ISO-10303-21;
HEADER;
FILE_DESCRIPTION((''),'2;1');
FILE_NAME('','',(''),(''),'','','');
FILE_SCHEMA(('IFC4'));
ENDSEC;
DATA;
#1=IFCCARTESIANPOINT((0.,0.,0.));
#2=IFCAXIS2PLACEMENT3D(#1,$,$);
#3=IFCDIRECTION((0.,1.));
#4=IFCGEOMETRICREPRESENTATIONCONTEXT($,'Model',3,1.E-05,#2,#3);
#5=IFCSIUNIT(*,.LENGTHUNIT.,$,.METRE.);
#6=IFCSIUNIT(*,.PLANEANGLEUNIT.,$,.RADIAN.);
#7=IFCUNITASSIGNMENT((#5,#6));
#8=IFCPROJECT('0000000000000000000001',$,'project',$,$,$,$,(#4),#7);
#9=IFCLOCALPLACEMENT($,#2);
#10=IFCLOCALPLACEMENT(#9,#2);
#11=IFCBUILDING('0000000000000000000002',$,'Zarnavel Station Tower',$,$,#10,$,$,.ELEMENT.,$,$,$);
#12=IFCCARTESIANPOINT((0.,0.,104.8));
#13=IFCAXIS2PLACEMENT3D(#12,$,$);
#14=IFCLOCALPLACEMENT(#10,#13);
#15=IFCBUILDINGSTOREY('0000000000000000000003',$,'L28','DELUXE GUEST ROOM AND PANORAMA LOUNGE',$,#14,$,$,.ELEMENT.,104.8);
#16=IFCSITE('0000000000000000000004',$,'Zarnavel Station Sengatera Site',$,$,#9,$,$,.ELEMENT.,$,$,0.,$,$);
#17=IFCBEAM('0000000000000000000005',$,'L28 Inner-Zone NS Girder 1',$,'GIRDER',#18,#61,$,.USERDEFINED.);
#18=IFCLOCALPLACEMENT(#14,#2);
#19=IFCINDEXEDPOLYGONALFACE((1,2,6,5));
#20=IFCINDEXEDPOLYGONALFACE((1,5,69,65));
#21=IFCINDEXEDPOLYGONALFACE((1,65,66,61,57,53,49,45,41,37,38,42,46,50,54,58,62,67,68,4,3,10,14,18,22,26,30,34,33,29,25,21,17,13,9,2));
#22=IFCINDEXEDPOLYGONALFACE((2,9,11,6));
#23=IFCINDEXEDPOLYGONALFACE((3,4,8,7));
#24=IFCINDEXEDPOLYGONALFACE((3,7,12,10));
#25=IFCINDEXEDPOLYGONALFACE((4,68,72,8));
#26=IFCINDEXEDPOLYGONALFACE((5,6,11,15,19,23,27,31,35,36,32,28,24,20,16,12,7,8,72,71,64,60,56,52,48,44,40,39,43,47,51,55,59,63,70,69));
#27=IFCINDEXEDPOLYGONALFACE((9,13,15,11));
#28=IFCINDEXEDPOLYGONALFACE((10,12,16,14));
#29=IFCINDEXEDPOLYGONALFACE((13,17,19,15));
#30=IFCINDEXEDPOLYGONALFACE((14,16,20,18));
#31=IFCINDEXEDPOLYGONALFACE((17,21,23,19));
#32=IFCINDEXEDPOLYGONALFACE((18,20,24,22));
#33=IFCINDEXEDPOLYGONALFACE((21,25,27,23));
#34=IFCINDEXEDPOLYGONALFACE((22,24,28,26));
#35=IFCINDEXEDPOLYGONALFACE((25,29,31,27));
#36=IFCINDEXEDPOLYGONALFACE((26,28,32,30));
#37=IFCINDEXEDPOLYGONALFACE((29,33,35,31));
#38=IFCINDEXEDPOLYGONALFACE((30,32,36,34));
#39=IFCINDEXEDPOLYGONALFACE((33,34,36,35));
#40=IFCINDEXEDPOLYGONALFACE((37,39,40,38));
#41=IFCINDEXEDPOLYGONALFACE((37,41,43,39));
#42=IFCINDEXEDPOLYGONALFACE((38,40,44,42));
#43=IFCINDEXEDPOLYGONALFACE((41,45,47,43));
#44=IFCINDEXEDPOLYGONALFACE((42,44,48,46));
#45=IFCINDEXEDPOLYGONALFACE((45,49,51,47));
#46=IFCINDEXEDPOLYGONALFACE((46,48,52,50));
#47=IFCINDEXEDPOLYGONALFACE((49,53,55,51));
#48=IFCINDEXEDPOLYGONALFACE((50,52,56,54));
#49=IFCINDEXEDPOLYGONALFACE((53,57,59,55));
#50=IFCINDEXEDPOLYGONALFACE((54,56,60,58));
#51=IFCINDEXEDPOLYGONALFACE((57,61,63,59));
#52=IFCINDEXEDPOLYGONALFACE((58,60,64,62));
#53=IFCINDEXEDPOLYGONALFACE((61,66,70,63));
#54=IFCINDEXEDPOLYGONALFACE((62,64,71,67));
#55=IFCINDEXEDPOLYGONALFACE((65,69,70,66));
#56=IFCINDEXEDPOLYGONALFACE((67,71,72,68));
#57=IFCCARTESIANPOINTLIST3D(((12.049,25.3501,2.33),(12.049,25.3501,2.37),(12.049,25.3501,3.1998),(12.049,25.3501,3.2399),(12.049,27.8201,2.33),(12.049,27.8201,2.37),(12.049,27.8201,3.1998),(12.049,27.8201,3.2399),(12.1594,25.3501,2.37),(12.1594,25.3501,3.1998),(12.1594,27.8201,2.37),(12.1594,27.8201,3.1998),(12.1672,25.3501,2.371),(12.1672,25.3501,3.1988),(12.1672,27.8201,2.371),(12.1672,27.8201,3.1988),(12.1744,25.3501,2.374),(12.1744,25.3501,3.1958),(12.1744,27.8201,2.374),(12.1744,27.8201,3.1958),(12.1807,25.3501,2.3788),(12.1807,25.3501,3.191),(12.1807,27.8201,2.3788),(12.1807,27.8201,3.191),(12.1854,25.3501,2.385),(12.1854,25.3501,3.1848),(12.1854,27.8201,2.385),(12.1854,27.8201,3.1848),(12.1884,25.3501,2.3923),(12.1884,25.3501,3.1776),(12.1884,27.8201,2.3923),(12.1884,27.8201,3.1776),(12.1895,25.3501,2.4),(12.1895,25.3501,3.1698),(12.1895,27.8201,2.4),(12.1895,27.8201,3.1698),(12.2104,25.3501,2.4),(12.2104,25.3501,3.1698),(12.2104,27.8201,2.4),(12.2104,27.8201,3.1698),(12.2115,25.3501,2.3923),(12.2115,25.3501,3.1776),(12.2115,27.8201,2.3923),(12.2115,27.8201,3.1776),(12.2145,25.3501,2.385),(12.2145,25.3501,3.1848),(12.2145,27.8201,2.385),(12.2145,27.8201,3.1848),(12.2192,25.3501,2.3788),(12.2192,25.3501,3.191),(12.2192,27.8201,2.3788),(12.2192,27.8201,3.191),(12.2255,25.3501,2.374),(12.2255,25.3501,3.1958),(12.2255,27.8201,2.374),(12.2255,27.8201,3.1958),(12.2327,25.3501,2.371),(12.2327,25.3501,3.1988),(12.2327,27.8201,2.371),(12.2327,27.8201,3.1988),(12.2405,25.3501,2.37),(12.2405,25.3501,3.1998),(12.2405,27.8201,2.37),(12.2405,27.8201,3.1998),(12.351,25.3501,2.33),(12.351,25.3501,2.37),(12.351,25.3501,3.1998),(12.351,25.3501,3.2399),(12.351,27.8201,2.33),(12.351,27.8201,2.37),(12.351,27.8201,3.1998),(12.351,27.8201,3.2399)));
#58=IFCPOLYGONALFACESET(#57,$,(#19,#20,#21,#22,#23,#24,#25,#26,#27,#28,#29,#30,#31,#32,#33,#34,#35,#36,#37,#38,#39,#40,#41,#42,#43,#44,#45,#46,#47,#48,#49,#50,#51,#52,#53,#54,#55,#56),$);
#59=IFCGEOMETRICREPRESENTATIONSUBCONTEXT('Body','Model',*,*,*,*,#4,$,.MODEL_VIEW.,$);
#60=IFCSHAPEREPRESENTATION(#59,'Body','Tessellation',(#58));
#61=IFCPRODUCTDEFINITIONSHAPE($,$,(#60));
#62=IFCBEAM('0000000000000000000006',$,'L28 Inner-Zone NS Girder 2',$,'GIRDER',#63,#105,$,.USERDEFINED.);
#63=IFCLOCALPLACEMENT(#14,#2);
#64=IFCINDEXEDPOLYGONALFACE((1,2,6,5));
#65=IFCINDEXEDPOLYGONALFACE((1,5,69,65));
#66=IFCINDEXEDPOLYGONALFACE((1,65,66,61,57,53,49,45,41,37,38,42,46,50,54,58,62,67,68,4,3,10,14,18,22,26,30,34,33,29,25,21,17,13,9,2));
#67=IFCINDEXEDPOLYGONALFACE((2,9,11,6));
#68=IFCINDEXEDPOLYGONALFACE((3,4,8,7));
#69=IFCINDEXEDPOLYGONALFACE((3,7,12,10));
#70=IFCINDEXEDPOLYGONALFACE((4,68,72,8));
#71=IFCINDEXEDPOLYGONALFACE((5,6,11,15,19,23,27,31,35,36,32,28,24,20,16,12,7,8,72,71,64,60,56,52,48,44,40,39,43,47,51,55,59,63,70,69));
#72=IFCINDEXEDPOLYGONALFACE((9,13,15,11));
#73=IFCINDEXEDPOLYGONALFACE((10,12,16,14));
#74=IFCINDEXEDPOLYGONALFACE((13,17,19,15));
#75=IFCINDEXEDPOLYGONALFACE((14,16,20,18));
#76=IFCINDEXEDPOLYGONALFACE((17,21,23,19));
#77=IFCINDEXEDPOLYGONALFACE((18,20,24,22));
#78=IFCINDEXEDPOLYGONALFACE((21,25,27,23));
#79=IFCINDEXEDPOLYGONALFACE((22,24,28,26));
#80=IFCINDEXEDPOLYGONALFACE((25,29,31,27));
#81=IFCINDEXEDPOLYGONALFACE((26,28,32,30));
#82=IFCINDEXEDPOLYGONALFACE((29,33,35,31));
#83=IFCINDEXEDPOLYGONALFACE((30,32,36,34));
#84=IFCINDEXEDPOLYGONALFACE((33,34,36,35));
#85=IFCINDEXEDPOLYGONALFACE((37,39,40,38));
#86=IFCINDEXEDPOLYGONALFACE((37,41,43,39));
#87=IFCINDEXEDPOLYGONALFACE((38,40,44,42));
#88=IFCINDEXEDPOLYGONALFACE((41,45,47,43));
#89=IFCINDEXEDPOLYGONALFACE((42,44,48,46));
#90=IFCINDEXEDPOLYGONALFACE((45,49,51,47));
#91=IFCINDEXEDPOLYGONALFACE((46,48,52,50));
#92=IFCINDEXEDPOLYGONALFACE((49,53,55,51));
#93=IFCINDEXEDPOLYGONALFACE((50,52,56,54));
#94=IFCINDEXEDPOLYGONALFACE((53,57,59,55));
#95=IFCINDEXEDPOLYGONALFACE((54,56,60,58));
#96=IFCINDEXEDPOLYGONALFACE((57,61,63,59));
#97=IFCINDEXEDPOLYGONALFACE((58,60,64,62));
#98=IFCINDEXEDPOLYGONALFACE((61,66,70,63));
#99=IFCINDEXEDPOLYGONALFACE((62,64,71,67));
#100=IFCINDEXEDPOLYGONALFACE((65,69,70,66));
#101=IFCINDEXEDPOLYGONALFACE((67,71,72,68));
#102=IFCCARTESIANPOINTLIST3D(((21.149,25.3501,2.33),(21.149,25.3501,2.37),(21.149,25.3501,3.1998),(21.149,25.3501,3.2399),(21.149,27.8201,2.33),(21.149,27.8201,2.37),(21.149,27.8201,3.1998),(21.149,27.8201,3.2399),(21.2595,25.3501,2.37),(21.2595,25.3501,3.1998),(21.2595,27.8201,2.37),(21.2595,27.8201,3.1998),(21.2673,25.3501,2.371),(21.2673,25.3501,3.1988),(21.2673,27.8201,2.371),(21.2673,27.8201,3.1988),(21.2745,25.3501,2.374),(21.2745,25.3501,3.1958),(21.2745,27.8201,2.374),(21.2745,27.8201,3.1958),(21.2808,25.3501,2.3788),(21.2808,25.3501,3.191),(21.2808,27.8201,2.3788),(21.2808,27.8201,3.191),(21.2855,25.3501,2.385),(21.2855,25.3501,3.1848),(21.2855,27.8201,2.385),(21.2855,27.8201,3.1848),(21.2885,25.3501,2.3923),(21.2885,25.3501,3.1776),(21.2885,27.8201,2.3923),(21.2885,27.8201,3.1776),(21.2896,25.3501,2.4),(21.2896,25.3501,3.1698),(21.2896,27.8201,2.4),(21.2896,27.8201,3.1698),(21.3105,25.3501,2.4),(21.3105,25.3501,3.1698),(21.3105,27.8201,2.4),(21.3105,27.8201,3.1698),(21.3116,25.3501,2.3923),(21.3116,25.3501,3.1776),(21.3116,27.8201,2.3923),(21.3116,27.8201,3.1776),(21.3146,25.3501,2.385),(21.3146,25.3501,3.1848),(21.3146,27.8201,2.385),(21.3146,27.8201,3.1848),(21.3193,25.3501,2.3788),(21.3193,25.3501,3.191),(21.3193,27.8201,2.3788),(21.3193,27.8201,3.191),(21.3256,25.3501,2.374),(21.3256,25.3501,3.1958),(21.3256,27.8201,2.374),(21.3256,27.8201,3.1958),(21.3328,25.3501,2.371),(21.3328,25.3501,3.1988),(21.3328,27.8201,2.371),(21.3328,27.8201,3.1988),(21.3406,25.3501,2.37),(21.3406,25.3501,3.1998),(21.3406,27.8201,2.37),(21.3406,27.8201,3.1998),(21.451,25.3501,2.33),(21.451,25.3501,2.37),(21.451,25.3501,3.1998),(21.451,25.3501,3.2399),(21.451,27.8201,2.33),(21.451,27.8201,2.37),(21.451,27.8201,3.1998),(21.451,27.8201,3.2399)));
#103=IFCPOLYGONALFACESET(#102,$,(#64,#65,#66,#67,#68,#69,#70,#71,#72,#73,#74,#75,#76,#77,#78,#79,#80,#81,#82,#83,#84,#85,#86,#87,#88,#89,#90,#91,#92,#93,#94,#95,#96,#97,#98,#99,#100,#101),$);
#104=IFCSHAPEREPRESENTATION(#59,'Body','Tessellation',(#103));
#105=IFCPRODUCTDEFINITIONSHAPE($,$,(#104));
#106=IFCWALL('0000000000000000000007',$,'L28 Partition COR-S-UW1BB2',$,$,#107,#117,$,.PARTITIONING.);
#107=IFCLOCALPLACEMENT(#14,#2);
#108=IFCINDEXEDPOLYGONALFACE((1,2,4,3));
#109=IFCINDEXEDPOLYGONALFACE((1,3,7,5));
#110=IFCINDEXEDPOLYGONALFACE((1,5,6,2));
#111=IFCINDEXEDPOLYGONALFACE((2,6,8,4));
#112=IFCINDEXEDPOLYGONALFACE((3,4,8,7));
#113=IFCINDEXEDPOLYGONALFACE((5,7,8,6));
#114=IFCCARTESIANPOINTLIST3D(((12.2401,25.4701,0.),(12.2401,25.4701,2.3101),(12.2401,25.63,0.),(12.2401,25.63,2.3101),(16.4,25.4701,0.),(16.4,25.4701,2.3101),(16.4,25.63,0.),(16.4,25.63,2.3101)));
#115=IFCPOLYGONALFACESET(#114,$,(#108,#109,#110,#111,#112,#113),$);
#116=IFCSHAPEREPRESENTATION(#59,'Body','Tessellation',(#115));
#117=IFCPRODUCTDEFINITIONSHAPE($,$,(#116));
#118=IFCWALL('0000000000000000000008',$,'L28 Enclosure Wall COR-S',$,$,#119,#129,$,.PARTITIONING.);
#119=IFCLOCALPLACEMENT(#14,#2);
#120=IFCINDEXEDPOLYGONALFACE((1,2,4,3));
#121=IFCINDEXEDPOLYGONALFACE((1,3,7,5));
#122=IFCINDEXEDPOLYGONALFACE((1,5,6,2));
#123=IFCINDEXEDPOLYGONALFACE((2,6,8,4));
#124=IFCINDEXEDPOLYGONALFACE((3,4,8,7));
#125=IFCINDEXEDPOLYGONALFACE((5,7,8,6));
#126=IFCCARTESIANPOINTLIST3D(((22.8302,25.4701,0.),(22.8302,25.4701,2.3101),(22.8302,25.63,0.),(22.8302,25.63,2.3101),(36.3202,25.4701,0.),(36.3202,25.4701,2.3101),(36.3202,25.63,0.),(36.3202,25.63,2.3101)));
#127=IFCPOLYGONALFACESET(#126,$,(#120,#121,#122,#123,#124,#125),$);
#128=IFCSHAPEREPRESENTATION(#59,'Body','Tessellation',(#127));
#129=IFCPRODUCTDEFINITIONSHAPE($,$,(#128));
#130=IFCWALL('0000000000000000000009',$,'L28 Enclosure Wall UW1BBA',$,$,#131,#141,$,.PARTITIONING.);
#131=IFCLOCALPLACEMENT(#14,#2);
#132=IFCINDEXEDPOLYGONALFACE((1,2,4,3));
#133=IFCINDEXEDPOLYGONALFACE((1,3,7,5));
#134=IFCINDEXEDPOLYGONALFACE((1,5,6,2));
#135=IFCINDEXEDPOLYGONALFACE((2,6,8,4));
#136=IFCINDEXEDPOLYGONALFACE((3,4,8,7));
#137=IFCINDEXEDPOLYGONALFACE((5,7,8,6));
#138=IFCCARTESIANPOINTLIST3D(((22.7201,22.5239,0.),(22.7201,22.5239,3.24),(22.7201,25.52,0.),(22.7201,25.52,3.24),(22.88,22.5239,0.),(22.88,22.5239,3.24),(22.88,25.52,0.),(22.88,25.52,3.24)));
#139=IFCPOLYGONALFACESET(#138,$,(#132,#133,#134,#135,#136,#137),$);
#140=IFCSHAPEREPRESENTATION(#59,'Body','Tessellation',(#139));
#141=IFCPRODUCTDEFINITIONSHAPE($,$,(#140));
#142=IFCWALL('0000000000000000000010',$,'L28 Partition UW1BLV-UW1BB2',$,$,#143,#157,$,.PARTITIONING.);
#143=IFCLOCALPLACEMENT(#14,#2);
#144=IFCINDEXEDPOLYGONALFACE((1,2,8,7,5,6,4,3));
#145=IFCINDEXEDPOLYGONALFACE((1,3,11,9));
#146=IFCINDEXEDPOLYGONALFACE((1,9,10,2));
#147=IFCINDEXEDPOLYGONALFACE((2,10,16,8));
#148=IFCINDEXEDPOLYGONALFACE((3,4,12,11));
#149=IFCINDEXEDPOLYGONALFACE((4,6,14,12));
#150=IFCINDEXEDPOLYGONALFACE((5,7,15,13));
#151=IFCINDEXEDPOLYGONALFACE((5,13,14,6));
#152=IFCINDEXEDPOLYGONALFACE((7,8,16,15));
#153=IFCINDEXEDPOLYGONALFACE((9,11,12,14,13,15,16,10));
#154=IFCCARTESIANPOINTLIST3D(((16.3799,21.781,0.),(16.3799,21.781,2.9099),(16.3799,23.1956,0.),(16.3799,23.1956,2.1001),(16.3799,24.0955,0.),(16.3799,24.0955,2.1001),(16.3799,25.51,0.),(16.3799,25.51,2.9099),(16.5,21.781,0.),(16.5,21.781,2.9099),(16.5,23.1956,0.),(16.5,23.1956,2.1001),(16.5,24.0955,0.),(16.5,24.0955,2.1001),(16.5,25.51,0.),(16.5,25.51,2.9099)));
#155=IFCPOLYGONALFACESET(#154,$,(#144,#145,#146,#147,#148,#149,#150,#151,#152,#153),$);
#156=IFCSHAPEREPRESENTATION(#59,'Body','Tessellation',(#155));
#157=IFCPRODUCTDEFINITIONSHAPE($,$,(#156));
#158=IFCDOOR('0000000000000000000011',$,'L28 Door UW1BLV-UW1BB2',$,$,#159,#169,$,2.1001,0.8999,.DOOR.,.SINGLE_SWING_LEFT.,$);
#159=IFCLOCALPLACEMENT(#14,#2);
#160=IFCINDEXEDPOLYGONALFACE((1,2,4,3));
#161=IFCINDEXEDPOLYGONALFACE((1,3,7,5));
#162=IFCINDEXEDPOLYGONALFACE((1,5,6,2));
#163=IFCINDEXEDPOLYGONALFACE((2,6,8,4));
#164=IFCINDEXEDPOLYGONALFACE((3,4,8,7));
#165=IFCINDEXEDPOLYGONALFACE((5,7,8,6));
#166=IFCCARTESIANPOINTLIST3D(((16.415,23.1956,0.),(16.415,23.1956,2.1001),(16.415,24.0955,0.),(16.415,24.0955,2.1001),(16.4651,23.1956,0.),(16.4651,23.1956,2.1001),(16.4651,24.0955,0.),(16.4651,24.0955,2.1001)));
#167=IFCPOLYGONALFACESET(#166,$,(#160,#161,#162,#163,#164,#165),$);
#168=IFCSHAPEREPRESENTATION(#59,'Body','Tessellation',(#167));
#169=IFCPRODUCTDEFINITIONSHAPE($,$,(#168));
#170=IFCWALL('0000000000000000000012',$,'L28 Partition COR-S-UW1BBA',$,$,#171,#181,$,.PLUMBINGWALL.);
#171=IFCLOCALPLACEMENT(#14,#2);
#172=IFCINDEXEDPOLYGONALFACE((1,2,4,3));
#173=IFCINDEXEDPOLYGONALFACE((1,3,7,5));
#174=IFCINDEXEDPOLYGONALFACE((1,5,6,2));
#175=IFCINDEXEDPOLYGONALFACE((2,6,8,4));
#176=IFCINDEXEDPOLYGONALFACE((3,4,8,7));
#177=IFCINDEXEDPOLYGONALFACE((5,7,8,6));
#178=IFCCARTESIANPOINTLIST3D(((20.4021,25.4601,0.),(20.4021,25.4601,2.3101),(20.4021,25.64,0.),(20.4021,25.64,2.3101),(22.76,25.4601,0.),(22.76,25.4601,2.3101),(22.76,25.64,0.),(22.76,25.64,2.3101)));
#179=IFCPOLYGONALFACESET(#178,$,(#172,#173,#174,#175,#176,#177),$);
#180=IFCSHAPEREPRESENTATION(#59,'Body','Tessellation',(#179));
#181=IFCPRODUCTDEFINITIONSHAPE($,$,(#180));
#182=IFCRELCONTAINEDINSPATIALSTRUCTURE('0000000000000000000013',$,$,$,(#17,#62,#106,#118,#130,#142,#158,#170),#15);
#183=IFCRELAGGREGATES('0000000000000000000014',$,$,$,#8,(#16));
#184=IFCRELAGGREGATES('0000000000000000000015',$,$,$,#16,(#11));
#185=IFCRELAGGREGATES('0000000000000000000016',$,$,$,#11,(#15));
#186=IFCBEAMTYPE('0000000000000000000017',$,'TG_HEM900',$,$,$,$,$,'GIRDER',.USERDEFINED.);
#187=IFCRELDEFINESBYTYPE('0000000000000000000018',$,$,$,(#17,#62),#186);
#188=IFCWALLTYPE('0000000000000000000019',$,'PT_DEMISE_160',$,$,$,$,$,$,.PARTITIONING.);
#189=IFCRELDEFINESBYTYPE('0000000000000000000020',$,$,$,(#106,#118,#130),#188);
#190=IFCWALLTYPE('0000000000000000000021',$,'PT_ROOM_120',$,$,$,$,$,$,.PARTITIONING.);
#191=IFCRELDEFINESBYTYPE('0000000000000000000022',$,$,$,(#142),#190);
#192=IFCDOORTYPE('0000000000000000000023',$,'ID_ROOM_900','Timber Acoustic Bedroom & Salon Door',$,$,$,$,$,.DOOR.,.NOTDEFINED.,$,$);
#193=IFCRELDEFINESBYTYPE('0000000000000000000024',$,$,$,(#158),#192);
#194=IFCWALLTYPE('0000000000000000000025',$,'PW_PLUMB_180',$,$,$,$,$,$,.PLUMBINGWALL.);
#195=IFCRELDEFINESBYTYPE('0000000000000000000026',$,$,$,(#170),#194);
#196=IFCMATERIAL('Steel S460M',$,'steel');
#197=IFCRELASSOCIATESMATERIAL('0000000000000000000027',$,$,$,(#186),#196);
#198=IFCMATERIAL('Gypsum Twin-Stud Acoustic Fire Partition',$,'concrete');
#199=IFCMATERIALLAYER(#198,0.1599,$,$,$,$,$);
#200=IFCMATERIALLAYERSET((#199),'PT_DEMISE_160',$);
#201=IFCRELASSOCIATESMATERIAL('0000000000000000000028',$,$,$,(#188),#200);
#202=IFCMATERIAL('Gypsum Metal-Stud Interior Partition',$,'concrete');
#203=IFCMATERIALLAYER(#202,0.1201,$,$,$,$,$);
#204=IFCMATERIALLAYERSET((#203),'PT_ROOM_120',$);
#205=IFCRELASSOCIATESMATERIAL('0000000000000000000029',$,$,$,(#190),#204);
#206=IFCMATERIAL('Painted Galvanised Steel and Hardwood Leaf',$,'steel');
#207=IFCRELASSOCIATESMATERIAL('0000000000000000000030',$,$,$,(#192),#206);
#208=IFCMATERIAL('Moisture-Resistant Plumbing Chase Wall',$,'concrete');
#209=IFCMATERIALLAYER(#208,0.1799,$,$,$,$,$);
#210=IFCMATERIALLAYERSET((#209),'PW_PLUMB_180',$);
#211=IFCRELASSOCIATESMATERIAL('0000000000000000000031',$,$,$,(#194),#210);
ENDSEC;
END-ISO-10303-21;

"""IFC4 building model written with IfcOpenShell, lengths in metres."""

from ifc_helpers import new_model, si_unit, direction, frame, frame_2d, origin, origin_2d, place, context, subcontext, project, spatial, rectangle, i_section, extrude, material, layer, layer_set, material_profile, profile_set, type_object, element, fill, save


model = new_model("IFC4")

# Units and contexts
model_context = context("Model", 3, precision=1e-05, world=origin(), true_north=direction((0.0, 1.0)))
body_context = subcontext(model_context, "Body", "Model", "MODEL_VIEW")
ifc_project = project(units=[si_unit("LENGTHUNIT", "METRE"), si_unit("PLANEANGLEUNIT", "RADIAN")], contexts=[model_context])

# Site, building, storey
site_placement = place(None, origin())
site = spatial("IfcSite", under=ifc_project, at=site_placement, Name="Zarnavel Station Sengatera Site", CompositionType="ELEMENT", RefElevation=0.0)
building_placement = place(site_placement, origin())
building = spatial("IfcBuilding", under=site, at=building_placement, Name="Zarnavel Station Tower", CompositionType="ELEMENT")
storey_placement = place(building_placement, frame((0.0, 0.0, 104.8)))
storey = spatial("IfcBuildingStorey", under=building, at=storey_placement, Name="L28", Description="DELUXE GUEST ROOM AND PANORAMA LOUNGE", CompositionType="ELEMENT", Elevation=104.8)

# Beams
ifc_material_1 = material(Name="Steel S460M", Category="steel")
ifc_material_profile_1 = material_profile(ifc_material_1, i_section(OverallWidth=0.302, OverallDepth=0.9099, WebThickness=0.021, FlangeThickness=0.04, FilletRadius=0.03, at=origin_2d()), Name="HEM900")
ifc_profile_set_1 = profile_set([ifc_material_profile_1], Name="Steel S460M")
beam_type_1 = type_object("IfcBeamType", Name="TG_HEM900", ElementType="GIRDER", PredefinedType="USERDEFINED", material=ifc_profile_set_1)
for number, where, z_axis, x_axis, name in (
    (1, (12.2, 25.3501, 2.7849), (0.0, 1.0, 0.0), (-1.0, 0.0, 0.0), "L28 Inner-Zone NS Girder 1"),
    (2, (21.3, 25.3501, 2.7849), (0.0, 1.0, 0.0), (-1.0, 0.0, 0.0), "L28 Inner-Zone NS Girder 2"),
):
    element("IfcBeam", number, at=place(storey_placement, frame(where, z_axis=z_axis, x_axis=x_axis)), inside=storey, type_object=beam_type_1, Name=name, ObjectType="GIRDER", PredefinedType="USERDEFINED", context=body_context, shape_type="SweptSolid", body=[
        extrude(i_section(OverallWidth=0.302, OverallDepth=0.9099, WebThickness=0.021, FlangeThickness=0.04, FilletRadius=0.03, at=origin_2d()), origin(), (0.0, 0.0, 1.0), 2.47),
    ])

# Shared definitions
ifc_material_2 = material(Name="Gypsum Twin-Stud Acoustic Fire Partition", Category="concrete")
ifc_layer_1 = layer(ifc_material_2, 0.1599)
ifc_layer_set_1 = layer_set([ifc_layer_1], Name="PT_DEMISE_160")
wall_type_1 = type_object("IfcWallType", Name="PT_DEMISE_160", PredefinedType="PARTITIONING", material=ifc_layer_set_1)

# Walls
wall_1_placement = place(storey_placement, frame((12.24, 25.55, 0.0), z_axis=(0.0, 0.0, 1.0), x_axis=(1.0, 0.0, 0.0)))
element("IfcWall", 3, at=wall_1_placement, inside=storey, type_object=wall_type_1, Name="L28 Partition COR-S-UW1BB2", PredefinedType="PARTITIONING", context=body_context, shape_type="SweptSolid", body=[
    extrude(rectangle(XDim=4.1599, YDim=0.1599, at=frame_2d((2.0801, 0.0))), origin(), (0.0, 0.0, 1.0), 2.3101),
])
wall_2_placement = place(storey_placement, frame((22.8301, 25.55, 0.0), z_axis=(0.0, 0.0, 1.0), x_axis=(1.0, 0.0, 0.0)))
element("IfcWall", 4, at=wall_2_placement, inside=storey, type_object=wall_type_1, Name="L28 Enclosure Wall COR-S", PredefinedType="PARTITIONING", context=body_context, shape_type="SweptSolid", body=[
    extrude(rectangle(XDim=13.49, YDim=0.1599, at=frame_2d((6.7451, 0.0))), origin(), (0.0, 0.0, 1.0), 2.3101),
])
wall_3_placement = place(storey_placement, frame((22.8, 22.5239, 0.0), z_axis=(0.0, 0.0, 1.0), x_axis=(0.0, 1.0, 0.0)))
element("IfcWall", 5, at=wall_3_placement, inside=storey, type_object=wall_type_1, Name="L28 Enclosure Wall UW1BBA", PredefinedType="PARTITIONING", context=body_context, shape_type="SweptSolid", body=[
    extrude(rectangle(XDim=2.9961, YDim=0.1599, at=frame_2d((1.498, 0.0))), origin(), (0.0, 0.0, 1.0), 3.24),
])

# Wall, opening, door
ifc_material_3 = material(Name="Gypsum Metal-Stud Interior Partition", Category="concrete")
ifc_layer_2 = layer(ifc_material_3, 0.1201)
ifc_layer_set_2 = layer_set([ifc_layer_2], Name="PT_ROOM_120")
wall_type_2 = type_object("IfcWallType", Name="PT_ROOM_120", PredefinedType="PARTITIONING", material=ifc_layer_set_2)
wall_4_placement = place(storey_placement, frame((16.4399, 21.781, 0.0), z_axis=(0.0, 0.0, 1.0), x_axis=(0.0, 1.0, 0.0)))
wall_4 = element("IfcWall", 6, at=wall_4_placement, inside=storey, type_object=wall_type_2, Name="L28 Partition UW1BLV-UW1BB2", PredefinedType="PARTITIONING", context=body_context, shape_type="SweptSolid", body=[
    extrude(rectangle(XDim=3.729, YDim=0.1201, at=frame_2d((1.8645, 0.0))), origin(), (0.0, 0.0, 1.0), 2.9099),
])
opening_1_placement = place(wall_4_placement, frame((1.4146, 0.0, 0.0)))
opening_1 = element("IfcOpeningElement", 7, at=opening_1_placement, cuts=wall_4, PredefinedType="OPENING", context=body_context, shape_type="SweptSolid", body=[
    extrude(rectangle(XDim=0.8999, YDim=2.1001, at=frame_2d((0.45, 1.05))), frame((0.0, 0.0701, 0.0), z_axis=(0.0, -1.0, 0.0), x_axis=(1.0, 0.0, 0.0)), (0.0, 0.0, 1.0), 0.1401),
])
ifc_material_4 = material(Name="Painted Galvanised Steel and Hardwood Leaf", Category="steel")
door_type_1 = type_object("IfcDoorType", Name="ID_ROOM_900", Description="Timber Acoustic Bedroom & Salon Door", OperationType="NOTDEFINED", PredefinedType="DOOR", material=ifc_material_4)
door_1_placement = place(opening_1_placement, origin())
door_1 = element("IfcDoor", 8, at=door_1_placement, inside=storey, type_object=door_type_1, Name="L28 Door UW1BLV-UW1BB2", OperationType="SINGLE_SWING_LEFT", OverallHeight=2.1001, OverallWidth=0.8999, PredefinedType="DOOR", context=body_context, shape_type="SweptSolid", body=[
    extrude(rectangle(XDim=0.8999, YDim=2.1001, at=frame_2d((0.45, 1.05))), frame((0.0, 0.0249, 0.0), z_axis=(0.0, -1.0, 0.0), x_axis=(1.0, 0.0, 0.0)), (0.0, 0.0, 1.0), 0.05),
])
fill(opening_1, door_1)

# Wall
ifc_material_5 = material(Name="Moisture-Resistant Plumbing Chase Wall", Category="concrete")
ifc_layer_3 = layer(ifc_material_5, 0.1799)
ifc_layer_set_3 = layer_set([ifc_layer_3], Name="PW_PLUMB_180")
wall_type_3 = type_object("IfcWallType", Name="PW_PLUMB_180", PredefinedType="PLUMBINGWALL", material=ifc_layer_set_3)
wall_5_placement = place(storey_placement, frame((20.4021, 25.55, 0.0), z_axis=(0.0, 0.0, 1.0), x_axis=(1.0, 0.0, 0.0)))
element("IfcWall", 9, at=wall_5_placement, inside=storey, type_object=wall_type_3, Name="L28 Partition COR-S-UW1BBA", PredefinedType="PLUMBINGWALL", context=body_context, shape_type="SweptSolid", body=[
    extrude(rectangle(XDim=2.3579, YDim=0.1799, at=frame_2d((1.179, 0.0))), origin(), (0.0, 0.0, 1.0), 2.3101),
])

save(model, "model.ifc")
